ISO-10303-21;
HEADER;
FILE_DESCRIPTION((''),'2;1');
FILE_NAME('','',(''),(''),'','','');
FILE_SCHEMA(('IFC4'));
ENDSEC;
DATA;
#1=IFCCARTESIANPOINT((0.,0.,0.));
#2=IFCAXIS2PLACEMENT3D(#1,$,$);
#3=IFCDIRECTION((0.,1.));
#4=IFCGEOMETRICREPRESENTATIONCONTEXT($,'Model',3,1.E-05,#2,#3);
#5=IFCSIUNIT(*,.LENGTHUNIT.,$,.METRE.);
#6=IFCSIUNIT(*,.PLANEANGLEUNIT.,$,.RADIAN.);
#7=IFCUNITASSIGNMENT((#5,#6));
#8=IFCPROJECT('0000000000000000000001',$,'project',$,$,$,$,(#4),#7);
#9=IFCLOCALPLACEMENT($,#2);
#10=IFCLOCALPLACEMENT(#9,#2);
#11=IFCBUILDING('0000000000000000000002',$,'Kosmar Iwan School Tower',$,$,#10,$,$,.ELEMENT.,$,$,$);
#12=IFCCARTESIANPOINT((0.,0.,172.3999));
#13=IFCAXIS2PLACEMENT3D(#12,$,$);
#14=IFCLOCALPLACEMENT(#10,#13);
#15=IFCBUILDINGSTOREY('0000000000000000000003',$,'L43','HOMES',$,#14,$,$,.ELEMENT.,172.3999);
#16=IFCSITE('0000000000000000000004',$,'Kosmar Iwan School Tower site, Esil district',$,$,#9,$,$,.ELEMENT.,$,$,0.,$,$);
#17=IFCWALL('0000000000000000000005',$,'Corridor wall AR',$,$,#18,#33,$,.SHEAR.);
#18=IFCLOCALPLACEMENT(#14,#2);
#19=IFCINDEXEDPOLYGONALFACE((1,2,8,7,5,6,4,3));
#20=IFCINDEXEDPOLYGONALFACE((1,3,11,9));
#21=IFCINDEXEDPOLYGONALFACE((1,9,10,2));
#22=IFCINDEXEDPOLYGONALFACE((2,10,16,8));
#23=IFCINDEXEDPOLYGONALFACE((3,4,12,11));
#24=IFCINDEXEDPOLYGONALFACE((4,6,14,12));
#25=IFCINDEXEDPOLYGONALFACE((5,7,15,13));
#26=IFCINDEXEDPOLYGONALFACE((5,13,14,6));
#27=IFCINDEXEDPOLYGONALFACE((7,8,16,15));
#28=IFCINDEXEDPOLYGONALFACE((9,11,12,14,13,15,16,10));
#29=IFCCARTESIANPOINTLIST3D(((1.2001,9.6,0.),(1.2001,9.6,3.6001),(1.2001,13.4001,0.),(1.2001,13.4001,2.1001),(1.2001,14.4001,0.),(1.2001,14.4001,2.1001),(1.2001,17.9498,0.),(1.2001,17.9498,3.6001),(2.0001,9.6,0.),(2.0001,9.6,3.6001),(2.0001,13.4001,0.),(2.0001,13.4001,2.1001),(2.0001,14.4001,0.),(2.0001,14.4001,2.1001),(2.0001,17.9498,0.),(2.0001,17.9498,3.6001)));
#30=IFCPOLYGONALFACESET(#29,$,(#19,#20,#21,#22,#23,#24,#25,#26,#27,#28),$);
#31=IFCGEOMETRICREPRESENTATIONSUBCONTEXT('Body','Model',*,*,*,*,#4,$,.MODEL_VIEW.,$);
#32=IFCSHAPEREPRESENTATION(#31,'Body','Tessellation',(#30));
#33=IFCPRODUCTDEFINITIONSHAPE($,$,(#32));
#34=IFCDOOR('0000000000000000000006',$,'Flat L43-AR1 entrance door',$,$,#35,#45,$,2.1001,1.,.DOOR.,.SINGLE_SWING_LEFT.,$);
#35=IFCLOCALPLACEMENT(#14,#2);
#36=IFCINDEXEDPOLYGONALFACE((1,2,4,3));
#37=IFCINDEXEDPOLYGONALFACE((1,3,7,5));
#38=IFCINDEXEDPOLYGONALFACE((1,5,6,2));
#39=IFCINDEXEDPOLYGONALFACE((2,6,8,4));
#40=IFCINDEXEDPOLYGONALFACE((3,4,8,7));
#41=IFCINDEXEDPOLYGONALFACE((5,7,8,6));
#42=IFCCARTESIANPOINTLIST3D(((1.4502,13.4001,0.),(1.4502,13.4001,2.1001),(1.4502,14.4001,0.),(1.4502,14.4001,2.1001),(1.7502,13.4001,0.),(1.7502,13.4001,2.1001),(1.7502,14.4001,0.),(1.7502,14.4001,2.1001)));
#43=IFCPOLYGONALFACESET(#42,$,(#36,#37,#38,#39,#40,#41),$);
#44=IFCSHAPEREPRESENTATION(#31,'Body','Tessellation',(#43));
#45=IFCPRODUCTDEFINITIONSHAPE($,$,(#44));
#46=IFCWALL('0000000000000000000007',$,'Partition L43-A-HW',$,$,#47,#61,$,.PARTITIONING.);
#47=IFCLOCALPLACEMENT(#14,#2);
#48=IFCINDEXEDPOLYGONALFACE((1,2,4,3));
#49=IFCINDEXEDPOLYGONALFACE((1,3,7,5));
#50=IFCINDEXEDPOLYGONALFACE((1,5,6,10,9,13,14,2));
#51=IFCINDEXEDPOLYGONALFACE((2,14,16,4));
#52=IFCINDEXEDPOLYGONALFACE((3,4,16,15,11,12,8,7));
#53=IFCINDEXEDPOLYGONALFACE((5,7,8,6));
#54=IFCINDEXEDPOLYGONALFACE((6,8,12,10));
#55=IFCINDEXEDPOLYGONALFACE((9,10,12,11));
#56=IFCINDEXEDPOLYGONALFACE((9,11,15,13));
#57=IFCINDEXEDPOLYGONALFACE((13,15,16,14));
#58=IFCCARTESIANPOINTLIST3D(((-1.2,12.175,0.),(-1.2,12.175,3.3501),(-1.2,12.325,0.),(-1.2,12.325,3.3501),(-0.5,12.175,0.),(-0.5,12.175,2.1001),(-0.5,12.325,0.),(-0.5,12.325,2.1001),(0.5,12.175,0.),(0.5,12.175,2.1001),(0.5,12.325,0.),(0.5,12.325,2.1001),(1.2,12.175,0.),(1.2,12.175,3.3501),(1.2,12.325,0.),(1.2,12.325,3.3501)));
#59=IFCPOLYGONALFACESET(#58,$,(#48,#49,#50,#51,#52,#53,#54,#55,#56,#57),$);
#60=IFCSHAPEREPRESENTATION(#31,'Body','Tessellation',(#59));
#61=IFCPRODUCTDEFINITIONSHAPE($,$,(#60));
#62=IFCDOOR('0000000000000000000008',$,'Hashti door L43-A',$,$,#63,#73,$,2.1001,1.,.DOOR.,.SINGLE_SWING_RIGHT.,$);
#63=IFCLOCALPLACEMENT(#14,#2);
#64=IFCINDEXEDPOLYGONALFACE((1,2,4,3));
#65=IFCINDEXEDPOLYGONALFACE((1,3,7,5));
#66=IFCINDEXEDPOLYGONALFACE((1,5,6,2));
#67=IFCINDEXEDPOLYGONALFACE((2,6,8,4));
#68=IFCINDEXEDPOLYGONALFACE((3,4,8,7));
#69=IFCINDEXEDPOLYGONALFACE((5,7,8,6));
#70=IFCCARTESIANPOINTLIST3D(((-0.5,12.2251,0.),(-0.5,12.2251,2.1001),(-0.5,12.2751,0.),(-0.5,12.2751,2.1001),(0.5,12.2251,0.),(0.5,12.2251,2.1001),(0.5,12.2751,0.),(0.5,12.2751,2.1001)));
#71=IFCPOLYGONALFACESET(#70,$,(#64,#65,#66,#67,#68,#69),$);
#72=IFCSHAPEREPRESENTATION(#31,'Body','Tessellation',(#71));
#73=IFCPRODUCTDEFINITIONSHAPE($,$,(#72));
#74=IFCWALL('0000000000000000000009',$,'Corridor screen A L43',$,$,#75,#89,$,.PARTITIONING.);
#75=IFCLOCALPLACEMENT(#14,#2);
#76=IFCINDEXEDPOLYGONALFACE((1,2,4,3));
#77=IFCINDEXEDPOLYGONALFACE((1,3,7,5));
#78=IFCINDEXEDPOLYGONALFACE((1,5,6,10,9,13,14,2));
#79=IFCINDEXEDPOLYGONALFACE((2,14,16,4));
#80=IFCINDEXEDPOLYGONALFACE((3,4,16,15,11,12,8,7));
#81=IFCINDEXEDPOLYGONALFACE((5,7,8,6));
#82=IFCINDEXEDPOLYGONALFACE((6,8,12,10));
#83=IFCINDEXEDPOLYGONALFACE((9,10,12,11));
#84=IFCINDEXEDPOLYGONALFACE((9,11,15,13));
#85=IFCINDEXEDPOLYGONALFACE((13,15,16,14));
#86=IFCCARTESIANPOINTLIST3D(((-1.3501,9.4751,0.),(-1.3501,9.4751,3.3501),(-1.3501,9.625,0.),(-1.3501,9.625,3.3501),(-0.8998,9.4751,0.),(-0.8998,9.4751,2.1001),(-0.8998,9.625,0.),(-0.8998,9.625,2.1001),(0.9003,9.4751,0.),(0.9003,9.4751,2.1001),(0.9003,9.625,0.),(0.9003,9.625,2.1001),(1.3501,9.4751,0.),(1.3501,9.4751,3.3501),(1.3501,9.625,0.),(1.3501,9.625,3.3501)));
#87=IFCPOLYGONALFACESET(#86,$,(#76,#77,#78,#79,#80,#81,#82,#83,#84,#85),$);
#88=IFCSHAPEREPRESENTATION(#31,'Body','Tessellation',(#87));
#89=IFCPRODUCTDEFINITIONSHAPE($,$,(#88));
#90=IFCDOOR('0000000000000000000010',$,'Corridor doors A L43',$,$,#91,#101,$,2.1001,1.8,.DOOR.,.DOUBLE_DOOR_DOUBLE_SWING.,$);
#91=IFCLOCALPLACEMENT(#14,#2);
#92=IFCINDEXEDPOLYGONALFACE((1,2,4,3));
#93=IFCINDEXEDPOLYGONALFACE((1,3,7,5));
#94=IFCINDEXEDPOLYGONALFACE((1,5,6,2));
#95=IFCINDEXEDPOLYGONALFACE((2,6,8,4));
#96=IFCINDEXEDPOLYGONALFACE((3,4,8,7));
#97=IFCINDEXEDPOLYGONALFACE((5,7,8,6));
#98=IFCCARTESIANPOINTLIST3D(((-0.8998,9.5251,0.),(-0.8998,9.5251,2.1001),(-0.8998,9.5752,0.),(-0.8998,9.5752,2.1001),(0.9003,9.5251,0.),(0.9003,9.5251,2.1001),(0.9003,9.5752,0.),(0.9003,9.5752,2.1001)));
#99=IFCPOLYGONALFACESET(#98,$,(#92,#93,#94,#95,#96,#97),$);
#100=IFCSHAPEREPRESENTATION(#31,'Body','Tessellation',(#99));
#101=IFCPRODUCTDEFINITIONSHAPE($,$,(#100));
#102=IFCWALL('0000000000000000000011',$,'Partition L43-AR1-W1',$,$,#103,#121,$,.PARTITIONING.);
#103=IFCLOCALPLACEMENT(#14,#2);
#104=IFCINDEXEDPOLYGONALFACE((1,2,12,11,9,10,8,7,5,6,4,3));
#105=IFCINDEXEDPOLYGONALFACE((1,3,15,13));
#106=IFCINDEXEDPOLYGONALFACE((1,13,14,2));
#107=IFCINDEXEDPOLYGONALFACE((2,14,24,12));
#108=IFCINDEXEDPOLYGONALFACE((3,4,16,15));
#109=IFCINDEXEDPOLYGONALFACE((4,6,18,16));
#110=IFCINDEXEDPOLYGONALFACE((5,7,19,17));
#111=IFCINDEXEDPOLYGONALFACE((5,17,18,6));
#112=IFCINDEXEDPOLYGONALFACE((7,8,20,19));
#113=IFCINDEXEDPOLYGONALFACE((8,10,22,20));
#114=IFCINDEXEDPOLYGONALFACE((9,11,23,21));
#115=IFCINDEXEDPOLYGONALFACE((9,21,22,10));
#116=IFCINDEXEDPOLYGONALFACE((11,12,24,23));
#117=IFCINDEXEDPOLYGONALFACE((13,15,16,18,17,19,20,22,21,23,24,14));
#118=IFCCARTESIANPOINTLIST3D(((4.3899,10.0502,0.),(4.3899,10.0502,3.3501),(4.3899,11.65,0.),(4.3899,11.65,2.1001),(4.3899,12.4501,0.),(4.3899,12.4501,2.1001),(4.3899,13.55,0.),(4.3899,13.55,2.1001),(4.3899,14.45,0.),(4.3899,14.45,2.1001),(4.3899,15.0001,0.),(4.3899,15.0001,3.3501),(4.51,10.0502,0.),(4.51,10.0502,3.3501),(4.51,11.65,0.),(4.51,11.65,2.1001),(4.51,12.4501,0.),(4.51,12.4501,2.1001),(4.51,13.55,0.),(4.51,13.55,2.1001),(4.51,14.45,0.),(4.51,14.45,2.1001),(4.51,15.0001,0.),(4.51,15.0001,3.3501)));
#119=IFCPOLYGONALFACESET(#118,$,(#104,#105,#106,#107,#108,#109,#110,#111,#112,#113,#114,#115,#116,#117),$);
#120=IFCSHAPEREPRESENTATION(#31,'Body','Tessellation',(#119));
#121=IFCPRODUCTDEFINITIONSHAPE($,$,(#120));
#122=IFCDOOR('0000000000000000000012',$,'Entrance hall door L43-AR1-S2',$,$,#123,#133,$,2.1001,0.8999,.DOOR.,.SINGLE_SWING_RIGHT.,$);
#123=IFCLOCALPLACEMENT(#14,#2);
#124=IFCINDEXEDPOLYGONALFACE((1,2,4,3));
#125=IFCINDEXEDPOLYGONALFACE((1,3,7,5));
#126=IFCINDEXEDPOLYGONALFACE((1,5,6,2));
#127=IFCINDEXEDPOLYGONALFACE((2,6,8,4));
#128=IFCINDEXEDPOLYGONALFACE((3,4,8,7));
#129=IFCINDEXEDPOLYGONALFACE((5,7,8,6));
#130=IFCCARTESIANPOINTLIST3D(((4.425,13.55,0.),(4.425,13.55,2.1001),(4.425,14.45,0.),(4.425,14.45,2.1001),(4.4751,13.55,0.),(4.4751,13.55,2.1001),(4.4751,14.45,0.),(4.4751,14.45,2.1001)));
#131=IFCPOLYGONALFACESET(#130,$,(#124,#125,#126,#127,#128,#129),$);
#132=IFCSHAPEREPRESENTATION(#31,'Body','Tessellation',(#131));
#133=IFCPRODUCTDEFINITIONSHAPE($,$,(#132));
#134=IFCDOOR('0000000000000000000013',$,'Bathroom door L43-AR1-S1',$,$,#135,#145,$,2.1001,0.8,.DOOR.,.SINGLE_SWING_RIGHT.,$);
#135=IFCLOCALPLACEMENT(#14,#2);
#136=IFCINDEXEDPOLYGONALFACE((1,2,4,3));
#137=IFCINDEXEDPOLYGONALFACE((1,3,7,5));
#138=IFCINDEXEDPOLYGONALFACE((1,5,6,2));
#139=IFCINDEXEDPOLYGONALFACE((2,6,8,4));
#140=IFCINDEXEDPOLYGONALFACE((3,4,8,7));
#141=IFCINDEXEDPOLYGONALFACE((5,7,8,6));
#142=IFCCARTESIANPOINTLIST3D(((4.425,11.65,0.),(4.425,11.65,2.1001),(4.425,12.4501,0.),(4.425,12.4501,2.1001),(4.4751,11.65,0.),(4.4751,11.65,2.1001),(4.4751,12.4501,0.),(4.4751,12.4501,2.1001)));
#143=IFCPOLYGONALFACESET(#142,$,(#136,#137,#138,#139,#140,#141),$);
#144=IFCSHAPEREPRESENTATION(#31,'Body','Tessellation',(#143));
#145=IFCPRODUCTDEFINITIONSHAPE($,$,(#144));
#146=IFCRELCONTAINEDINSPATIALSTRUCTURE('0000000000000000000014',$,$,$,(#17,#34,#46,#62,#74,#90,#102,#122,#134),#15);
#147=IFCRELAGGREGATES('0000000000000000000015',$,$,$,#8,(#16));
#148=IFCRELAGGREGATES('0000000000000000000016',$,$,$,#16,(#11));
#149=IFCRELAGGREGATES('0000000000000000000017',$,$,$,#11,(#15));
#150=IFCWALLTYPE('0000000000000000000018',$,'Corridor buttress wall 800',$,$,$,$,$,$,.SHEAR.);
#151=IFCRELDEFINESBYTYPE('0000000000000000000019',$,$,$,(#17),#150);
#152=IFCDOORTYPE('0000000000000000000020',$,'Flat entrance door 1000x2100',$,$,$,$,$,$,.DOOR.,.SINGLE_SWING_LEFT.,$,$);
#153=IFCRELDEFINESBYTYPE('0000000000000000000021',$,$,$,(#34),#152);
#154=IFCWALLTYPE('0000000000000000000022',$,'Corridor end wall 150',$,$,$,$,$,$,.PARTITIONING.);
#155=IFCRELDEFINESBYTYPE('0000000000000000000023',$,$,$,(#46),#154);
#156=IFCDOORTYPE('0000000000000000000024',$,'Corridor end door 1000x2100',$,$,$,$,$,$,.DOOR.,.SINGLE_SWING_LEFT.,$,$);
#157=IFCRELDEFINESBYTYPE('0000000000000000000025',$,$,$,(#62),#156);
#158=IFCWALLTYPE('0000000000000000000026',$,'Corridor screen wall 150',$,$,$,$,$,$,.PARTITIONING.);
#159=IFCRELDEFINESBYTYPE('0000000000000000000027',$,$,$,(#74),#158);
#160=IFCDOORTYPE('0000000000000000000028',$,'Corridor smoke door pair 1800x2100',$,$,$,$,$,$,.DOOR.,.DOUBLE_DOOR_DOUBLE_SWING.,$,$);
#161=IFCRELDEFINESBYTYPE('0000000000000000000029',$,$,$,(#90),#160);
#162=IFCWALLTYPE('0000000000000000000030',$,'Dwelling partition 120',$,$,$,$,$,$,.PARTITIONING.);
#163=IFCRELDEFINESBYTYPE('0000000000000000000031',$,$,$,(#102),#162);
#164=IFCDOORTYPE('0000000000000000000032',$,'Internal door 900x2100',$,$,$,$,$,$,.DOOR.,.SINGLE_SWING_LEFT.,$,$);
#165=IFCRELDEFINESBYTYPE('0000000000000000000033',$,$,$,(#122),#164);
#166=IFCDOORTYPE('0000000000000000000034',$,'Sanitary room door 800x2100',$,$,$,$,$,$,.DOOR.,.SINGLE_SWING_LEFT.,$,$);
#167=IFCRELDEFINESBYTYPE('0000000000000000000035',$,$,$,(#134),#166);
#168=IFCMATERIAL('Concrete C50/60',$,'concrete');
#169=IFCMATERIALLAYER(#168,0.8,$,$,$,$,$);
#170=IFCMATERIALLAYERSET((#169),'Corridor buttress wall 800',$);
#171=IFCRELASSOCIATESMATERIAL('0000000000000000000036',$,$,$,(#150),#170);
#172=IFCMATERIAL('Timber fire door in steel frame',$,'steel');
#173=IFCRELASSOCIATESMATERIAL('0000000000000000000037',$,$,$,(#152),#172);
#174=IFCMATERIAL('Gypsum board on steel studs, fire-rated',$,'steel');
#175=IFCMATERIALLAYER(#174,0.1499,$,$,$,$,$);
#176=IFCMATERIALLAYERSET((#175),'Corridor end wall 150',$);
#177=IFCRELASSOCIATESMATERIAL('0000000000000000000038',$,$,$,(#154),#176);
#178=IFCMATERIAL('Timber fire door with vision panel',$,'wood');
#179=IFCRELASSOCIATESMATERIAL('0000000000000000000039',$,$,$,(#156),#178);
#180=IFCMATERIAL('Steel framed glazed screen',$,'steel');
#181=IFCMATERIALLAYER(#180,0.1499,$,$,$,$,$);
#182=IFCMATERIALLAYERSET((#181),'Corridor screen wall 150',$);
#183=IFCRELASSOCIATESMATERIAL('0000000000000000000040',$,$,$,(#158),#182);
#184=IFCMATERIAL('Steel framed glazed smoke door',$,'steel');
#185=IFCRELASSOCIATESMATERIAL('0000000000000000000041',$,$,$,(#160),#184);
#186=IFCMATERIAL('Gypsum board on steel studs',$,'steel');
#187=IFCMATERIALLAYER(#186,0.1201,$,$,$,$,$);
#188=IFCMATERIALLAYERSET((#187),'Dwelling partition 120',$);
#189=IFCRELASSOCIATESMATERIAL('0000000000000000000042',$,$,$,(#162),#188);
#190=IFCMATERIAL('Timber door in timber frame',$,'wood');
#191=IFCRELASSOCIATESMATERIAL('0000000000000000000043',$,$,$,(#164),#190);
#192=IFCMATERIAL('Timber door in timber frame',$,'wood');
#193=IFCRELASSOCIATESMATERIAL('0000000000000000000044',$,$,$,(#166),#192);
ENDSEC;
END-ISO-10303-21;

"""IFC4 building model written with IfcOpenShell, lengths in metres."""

from ifc_helpers import new_model, si_unit, direction, frame, frame_2d, origin, place, context, subcontext, project, spatial, rectangle, extrude, material, layer, layer_set, type_object, element, fill, save


model = new_model("IFC4")

# Units and contexts
model_context = context("Model", 3, precision=1e-05, world=origin(), true_north=direction((0.0, 1.0)))
body_context = subcontext(model_context, "Body", "Model", "MODEL_VIEW")
ifc_project = project(units=[si_unit("LENGTHUNIT", "METRE"), si_unit("PLANEANGLEUNIT", "RADIAN")], contexts=[model_context])

# Site, building, storey
site_placement = place(None, origin())
site = spatial("IfcSite", under=ifc_project, at=site_placement, Name="Kosmar Iwan School Tower site, Esil district", CompositionType="ELEMENT", RefElevation=0.0)
building_placement = place(site_placement, origin())
building = spatial("IfcBuilding", under=site, at=building_placement, Name="Kosmar Iwan School Tower", CompositionType="ELEMENT")
storey_placement = place(building_placement, frame((0.0, 0.0, 172.3999)))
storey = spatial("IfcBuildingStorey", under=building, at=storey_placement, Name="L43", Description="HOMES", CompositionType="ELEMENT", Elevation=172.3999)

# Walls, openings, doors
ifc_material_1 = material(Name="Concrete C50/60", Category="concrete")
ifc_layer_1 = layer(ifc_material_1, 0.8)
ifc_layer_set_1 = layer_set([ifc_layer_1], Name="Corridor buttress wall 800")
wall_type_1 = type_object("IfcWallType", Name="Corridor buttress wall 800", PredefinedType="SHEAR", material=ifc_layer_set_1)
wall_1_placement = place(storey_placement, frame((1.6001, 9.6001, 0.0), z_axis=(0.0, 0.0, 1.0), x_axis=(0.0, 1.0, 0.0)))
wall_1 = element("IfcWall", 1, at=wall_1_placement, inside=storey, type_object=wall_type_1, Name="Corridor wall AR", PredefinedType="SHEAR", context=body_context, shape_type="SweptSolid", body=[
    extrude(rectangle(XDim=8.3499, YDim=0.8, at=frame_2d((4.1748, 0.0))), origin(), (0.0, 0.0, 1.0), 3.6001),
])
opening_1_placement = place(wall_1_placement, frame((3.8, 0.0, 0.0)))
opening_1 = element("IfcOpeningElement", 2, at=opening_1_placement, cuts=wall_1, PredefinedType="OPENING", context=body_context, shape_type="SweptSolid", body=[
    extrude(rectangle(XDim=1.0, YDim=2.1001, at=frame_2d((0.5, 1.05))), frame((0.0, 0.4121, 0.0), z_axis=(0.0, -1.0, 0.0), x_axis=(1.0, 0.0, 0.0)), (0.0, 0.0, 1.0), 0.824),
])
ifc_material_2 = material(Name="Timber fire door in steel frame", Category="steel")
door_type_1 = type_object("IfcDoorType", Name="Flat entrance door 1000x2100", OperationType="SINGLE_SWING_LEFT", PredefinedType="DOOR", material=ifc_material_2)
door_1_placement = place(opening_1_placement, origin())
door_1 = element("IfcDoor", 3, at=door_1_placement, inside=storey, type_object=door_type_1, Name="Flat L43-AR1 entrance door", OperationType="SINGLE_SWING_LEFT", OverallHeight=2.1001, OverallWidth=1.0, PredefinedType="DOOR", context=body_context, shape_type="SweptSolid", body=[
    extrude(rectangle(XDim=1.0, YDim=2.1001, at=frame_2d((0.5, 1.05))), frame((0.0, 0.1499, 0.0), z_axis=(0.0, -1.0, 0.0), x_axis=(1.0, 0.0, 0.0)), (0.0, 0.0, 1.0), 0.3),
])
fill(opening_1, door_1)
ifc_material_3 = material(Name="Gypsum board on steel studs, fire-rated", Category="steel")
ifc_layer_2 = layer(ifc_material_3, 0.1499)
ifc_layer_set_2 = layer_set([ifc_layer_2], Name="Corridor end wall 150")
wall_type_2 = type_object("IfcWallType", Name="Corridor end wall 150", PredefinedType="PARTITIONING", material=ifc_layer_set_2)
wall_2_placement = place(storey_placement, frame((1.2, 12.25, 0.0), z_axis=(0.0, 0.0, 1.0), x_axis=(-1.0, 0.0, 0.0)))
wall_2 = element("IfcWall", 4, at=wall_2_placement, inside=storey, type_object=wall_type_2, Name="Partition L43-A-HW", PredefinedType="PARTITIONING", context=body_context, shape_type="SweptSolid", body=[
    extrude(rectangle(XDim=2.3999, YDim=0.1499, at=frame_2d((1.2, 0.0))), origin(), (0.0, 0.0, 1.0), 3.3501),
])
opening_2_placement = place(wall_2_placement, frame((0.7, 0.0, 0.0)))
opening_2 = element("IfcOpeningElement", 5, at=opening_2_placement, cuts=wall_2, PredefinedType="OPENING", context=body_context, shape_type="SweptSolid", body=[
    extrude(rectangle(XDim=1.0, YDim=2.1001, at=frame_2d((0.5, 1.05))), frame((0.0, 0.0869, 0.0), z_axis=(0.0, -1.0, 0.0), x_axis=(1.0, 0.0, 0.0)), (0.0, 0.0, 1.0), 0.1738),
])
ifc_material_4 = material(Name="Timber fire door with vision panel", Category="wood")
door_type_2 = type_object("IfcDoorType", Name="Corridor end door 1000x2100", OperationType="SINGLE_SWING_LEFT", PredefinedType="DOOR", material=ifc_material_4)
door_2_placement = place(opening_2_placement, origin())
door_2 = element("IfcDoor", 6, at=door_2_placement, inside=storey, type_object=door_type_2, Name="Hashti door L43-A", OperationType="SINGLE_SWING_RIGHT", OverallHeight=2.1001, OverallWidth=1.0, PredefinedType="DOOR", context=body_context, shape_type="SweptSolid", body=[
    extrude(rectangle(XDim=1.0, YDim=2.1001, at=frame_2d((0.5, 1.05))), frame((0.0, 0.0249, 0.0), z_axis=(0.0, -1.0, 0.0), x_axis=(1.0, 0.0, 0.0)), (0.0, 0.0, 1.0), 0.05),
])
fill(opening_2, door_2)
ifc_material_5 = material(Name="Steel framed glazed screen", Category="steel")
ifc_layer_3 = layer(ifc_material_5, 0.1499)
ifc_layer_set_3 = layer_set([ifc_layer_3], Name="Corridor screen wall 150")
wall_type_3 = type_object("IfcWallType", Name="Corridor screen wall 150", PredefinedType="PARTITIONING", material=ifc_layer_set_3)
wall_3_placement = place(storey_placement, frame((1.3501, 9.55, 0.0), z_axis=(0.0, 0.0, 1.0), x_axis=(-1.0, 0.0, 0.0)))
wall_3 = element("IfcWall", 7, at=wall_3_placement, inside=storey, type_object=wall_type_3, Name="Corridor screen A L43", PredefinedType="PARTITIONING", context=body_context, shape_type="SweptSolid", body=[
    extrude(rectangle(XDim=2.7002, YDim=0.1499, at=frame_2d((1.3501, 0.0))), origin(), (0.0, 0.0, 1.0), 3.3501),
])
opening_3_placement = place(wall_3_placement, frame((0.45, 0.0, 0.0)))
opening_3 = element("IfcOpeningElement", 8, at=opening_3_placement, cuts=wall_3, PredefinedType="OPENING", context=body_context, shape_type="SweptSolid", body=[
    extrude(rectangle(XDim=1.8, YDim=2.1001, at=frame_2d((0.8999, 1.05))), frame((0.0, 0.0869, 0.0), z_axis=(0.0, -1.0, 0.0), x_axis=(1.0, 0.0, 0.0)), (0.0, 0.0, 1.0), 0.1738),
])
ifc_material_6 = material(Name="Steel framed glazed smoke door", Category="steel")
door_type_3 = type_object("IfcDoorType", Name="Corridor smoke door pair 1800x2100", OperationType="DOUBLE_DOOR_DOUBLE_SWING", PredefinedType="DOOR", material=ifc_material_6)
door_3_placement = place(opening_3_placement, origin())
door_3 = element("IfcDoor", 9, at=door_3_placement, inside=storey, type_object=door_type_3, Name="Corridor doors A L43", OperationType="DOUBLE_DOOR_DOUBLE_SWING", OverallHeight=2.1001, OverallWidth=1.8, PredefinedType="DOOR", context=body_context, shape_type="SweptSolid", body=[
    extrude(rectangle(XDim=1.8, YDim=2.1001, at=frame_2d((0.8999, 1.05))), frame((0.0, 0.0249, 0.0), z_axis=(0.0, -1.0, 0.0), x_axis=(1.0, 0.0, 0.0)), (0.0, 0.0, 1.0), 0.05),
])
fill(opening_3, door_3)

# Wall, openings, doors
ifc_material_7 = material(Name="Gypsum board on steel studs", Category="steel")
ifc_layer_4 = layer(ifc_material_7, 0.1201)
ifc_layer_set_4 = layer_set([ifc_layer_4], Name="Dwelling partition 120")
wall_type_4 = type_object("IfcWallType", Name="Dwelling partition 120", PredefinedType="PARTITIONING", material=ifc_layer_set_4)
wall_4_placement = place(storey_placement, frame((4.45, 10.05, 0.0), z_axis=(0.0, 0.0, 1.0), x_axis=(0.0, 1.0, 0.0)))
wall_4 = element("IfcWall", 10, at=wall_4_placement, inside=storey, type_object=wall_type_4, Name="Partition L43-AR1-W1", PredefinedType="PARTITIONING", context=body_context, shape_type="SweptSolid", body=[
    extrude(rectangle(XDim=4.95, YDim=0.1201, at=frame_2d((2.4751, 0.0))), origin(), (0.0, 0.0, 1.0), 3.3501),
])
opening_4_placement = place(wall_4_placement, frame((1.6001, 0.0, 0.0)))
opening_4 = element("IfcOpeningElement", 11, at=opening_4_placement, cuts=wall_4, PredefinedType="OPENING", context=body_context, shape_type="SweptSolid", body=[
    extrude(rectangle(XDim=0.8, YDim=2.1001, at=frame_2d((0.3999, 1.05))), frame((0.0, 0.072, 0.0), z_axis=(0.0, -1.0, 0.0), x_axis=(1.0, 0.0, 0.0)), (0.0, 0.0, 1.0), 0.144),
])
opening_5_placement = place(wall_4_placement, frame((3.5, 0.0, 0.0)))
opening_5 = element("IfcOpeningElement", 12, at=opening_5_placement, cuts=wall_4, PredefinedType="OPENING", context=body_context, shape_type="SweptSolid", body=[
    extrude(rectangle(XDim=0.8999, YDim=2.1001, at=frame_2d((0.45, 1.05))), frame((0.0, 0.072, 0.0), z_axis=(0.0, -1.0, 0.0), x_axis=(1.0, 0.0, 0.0)), (0.0, 0.0, 1.0), 0.144),
])
ifc_material_8 = material(Name="Timber door in timber frame", Category="wood")
door_type_4 = type_object("IfcDoorType", Name="Internal door 900x2100", OperationType="SINGLE_SWING_LEFT", PredefinedType="DOOR", material=ifc_material_8)
door_4_placement = place(opening_5_placement, origin())
door_4 = element("IfcDoor", 13, at=door_4_placement, inside=storey, type_object=door_type_4, Name="Entrance hall door L43-AR1-S2", OperationType="SINGLE_SWING_RIGHT", OverallHeight=2.1001, OverallWidth=0.8999, PredefinedType="DOOR", context=body_context, shape_type="SweptSolid", body=[
    extrude(rectangle(XDim=0.8999, YDim=2.1001, at=frame_2d((0.45, 1.05))), frame((0.0, 0.0249, 0.0), z_axis=(0.0, -1.0, 0.0), x_axis=(1.0, 0.0, 0.0)), (0.0, 0.0, 1.0), 0.05),
])
fill(opening_5, door_4)
ifc_material_9 = material(Name="Timber door in timber frame", Category="wood")
door_type_5 = type_object("IfcDoorType", Name="Sanitary room door 800x2100", OperationType="SINGLE_SWING_LEFT", PredefinedType="DOOR", material=ifc_material_9)
door_5_placement = place(opening_4_placement, origin())
door_5 = element("IfcDoor", 14, at=door_5_placement, inside=storey, type_object=door_type_5, Name="Bathroom door L43-AR1-S1", OperationType="SINGLE_SWING_RIGHT", OverallHeight=2.1001, OverallWidth=0.8, PredefinedType="DOOR", context=body_context, shape_type="SweptSolid", body=[
    extrude(rectangle(XDim=0.8, YDim=2.1001, at=frame_2d((0.3999, 1.05))), frame((0.0, 0.0249, 0.0), z_axis=(0.0, -1.0, 0.0), x_axis=(1.0, 0.0, 0.0)), (0.0, 0.0, 1.0), 0.05),
])
fill(opening_4, door_5)

save(model, "model.ifc")
